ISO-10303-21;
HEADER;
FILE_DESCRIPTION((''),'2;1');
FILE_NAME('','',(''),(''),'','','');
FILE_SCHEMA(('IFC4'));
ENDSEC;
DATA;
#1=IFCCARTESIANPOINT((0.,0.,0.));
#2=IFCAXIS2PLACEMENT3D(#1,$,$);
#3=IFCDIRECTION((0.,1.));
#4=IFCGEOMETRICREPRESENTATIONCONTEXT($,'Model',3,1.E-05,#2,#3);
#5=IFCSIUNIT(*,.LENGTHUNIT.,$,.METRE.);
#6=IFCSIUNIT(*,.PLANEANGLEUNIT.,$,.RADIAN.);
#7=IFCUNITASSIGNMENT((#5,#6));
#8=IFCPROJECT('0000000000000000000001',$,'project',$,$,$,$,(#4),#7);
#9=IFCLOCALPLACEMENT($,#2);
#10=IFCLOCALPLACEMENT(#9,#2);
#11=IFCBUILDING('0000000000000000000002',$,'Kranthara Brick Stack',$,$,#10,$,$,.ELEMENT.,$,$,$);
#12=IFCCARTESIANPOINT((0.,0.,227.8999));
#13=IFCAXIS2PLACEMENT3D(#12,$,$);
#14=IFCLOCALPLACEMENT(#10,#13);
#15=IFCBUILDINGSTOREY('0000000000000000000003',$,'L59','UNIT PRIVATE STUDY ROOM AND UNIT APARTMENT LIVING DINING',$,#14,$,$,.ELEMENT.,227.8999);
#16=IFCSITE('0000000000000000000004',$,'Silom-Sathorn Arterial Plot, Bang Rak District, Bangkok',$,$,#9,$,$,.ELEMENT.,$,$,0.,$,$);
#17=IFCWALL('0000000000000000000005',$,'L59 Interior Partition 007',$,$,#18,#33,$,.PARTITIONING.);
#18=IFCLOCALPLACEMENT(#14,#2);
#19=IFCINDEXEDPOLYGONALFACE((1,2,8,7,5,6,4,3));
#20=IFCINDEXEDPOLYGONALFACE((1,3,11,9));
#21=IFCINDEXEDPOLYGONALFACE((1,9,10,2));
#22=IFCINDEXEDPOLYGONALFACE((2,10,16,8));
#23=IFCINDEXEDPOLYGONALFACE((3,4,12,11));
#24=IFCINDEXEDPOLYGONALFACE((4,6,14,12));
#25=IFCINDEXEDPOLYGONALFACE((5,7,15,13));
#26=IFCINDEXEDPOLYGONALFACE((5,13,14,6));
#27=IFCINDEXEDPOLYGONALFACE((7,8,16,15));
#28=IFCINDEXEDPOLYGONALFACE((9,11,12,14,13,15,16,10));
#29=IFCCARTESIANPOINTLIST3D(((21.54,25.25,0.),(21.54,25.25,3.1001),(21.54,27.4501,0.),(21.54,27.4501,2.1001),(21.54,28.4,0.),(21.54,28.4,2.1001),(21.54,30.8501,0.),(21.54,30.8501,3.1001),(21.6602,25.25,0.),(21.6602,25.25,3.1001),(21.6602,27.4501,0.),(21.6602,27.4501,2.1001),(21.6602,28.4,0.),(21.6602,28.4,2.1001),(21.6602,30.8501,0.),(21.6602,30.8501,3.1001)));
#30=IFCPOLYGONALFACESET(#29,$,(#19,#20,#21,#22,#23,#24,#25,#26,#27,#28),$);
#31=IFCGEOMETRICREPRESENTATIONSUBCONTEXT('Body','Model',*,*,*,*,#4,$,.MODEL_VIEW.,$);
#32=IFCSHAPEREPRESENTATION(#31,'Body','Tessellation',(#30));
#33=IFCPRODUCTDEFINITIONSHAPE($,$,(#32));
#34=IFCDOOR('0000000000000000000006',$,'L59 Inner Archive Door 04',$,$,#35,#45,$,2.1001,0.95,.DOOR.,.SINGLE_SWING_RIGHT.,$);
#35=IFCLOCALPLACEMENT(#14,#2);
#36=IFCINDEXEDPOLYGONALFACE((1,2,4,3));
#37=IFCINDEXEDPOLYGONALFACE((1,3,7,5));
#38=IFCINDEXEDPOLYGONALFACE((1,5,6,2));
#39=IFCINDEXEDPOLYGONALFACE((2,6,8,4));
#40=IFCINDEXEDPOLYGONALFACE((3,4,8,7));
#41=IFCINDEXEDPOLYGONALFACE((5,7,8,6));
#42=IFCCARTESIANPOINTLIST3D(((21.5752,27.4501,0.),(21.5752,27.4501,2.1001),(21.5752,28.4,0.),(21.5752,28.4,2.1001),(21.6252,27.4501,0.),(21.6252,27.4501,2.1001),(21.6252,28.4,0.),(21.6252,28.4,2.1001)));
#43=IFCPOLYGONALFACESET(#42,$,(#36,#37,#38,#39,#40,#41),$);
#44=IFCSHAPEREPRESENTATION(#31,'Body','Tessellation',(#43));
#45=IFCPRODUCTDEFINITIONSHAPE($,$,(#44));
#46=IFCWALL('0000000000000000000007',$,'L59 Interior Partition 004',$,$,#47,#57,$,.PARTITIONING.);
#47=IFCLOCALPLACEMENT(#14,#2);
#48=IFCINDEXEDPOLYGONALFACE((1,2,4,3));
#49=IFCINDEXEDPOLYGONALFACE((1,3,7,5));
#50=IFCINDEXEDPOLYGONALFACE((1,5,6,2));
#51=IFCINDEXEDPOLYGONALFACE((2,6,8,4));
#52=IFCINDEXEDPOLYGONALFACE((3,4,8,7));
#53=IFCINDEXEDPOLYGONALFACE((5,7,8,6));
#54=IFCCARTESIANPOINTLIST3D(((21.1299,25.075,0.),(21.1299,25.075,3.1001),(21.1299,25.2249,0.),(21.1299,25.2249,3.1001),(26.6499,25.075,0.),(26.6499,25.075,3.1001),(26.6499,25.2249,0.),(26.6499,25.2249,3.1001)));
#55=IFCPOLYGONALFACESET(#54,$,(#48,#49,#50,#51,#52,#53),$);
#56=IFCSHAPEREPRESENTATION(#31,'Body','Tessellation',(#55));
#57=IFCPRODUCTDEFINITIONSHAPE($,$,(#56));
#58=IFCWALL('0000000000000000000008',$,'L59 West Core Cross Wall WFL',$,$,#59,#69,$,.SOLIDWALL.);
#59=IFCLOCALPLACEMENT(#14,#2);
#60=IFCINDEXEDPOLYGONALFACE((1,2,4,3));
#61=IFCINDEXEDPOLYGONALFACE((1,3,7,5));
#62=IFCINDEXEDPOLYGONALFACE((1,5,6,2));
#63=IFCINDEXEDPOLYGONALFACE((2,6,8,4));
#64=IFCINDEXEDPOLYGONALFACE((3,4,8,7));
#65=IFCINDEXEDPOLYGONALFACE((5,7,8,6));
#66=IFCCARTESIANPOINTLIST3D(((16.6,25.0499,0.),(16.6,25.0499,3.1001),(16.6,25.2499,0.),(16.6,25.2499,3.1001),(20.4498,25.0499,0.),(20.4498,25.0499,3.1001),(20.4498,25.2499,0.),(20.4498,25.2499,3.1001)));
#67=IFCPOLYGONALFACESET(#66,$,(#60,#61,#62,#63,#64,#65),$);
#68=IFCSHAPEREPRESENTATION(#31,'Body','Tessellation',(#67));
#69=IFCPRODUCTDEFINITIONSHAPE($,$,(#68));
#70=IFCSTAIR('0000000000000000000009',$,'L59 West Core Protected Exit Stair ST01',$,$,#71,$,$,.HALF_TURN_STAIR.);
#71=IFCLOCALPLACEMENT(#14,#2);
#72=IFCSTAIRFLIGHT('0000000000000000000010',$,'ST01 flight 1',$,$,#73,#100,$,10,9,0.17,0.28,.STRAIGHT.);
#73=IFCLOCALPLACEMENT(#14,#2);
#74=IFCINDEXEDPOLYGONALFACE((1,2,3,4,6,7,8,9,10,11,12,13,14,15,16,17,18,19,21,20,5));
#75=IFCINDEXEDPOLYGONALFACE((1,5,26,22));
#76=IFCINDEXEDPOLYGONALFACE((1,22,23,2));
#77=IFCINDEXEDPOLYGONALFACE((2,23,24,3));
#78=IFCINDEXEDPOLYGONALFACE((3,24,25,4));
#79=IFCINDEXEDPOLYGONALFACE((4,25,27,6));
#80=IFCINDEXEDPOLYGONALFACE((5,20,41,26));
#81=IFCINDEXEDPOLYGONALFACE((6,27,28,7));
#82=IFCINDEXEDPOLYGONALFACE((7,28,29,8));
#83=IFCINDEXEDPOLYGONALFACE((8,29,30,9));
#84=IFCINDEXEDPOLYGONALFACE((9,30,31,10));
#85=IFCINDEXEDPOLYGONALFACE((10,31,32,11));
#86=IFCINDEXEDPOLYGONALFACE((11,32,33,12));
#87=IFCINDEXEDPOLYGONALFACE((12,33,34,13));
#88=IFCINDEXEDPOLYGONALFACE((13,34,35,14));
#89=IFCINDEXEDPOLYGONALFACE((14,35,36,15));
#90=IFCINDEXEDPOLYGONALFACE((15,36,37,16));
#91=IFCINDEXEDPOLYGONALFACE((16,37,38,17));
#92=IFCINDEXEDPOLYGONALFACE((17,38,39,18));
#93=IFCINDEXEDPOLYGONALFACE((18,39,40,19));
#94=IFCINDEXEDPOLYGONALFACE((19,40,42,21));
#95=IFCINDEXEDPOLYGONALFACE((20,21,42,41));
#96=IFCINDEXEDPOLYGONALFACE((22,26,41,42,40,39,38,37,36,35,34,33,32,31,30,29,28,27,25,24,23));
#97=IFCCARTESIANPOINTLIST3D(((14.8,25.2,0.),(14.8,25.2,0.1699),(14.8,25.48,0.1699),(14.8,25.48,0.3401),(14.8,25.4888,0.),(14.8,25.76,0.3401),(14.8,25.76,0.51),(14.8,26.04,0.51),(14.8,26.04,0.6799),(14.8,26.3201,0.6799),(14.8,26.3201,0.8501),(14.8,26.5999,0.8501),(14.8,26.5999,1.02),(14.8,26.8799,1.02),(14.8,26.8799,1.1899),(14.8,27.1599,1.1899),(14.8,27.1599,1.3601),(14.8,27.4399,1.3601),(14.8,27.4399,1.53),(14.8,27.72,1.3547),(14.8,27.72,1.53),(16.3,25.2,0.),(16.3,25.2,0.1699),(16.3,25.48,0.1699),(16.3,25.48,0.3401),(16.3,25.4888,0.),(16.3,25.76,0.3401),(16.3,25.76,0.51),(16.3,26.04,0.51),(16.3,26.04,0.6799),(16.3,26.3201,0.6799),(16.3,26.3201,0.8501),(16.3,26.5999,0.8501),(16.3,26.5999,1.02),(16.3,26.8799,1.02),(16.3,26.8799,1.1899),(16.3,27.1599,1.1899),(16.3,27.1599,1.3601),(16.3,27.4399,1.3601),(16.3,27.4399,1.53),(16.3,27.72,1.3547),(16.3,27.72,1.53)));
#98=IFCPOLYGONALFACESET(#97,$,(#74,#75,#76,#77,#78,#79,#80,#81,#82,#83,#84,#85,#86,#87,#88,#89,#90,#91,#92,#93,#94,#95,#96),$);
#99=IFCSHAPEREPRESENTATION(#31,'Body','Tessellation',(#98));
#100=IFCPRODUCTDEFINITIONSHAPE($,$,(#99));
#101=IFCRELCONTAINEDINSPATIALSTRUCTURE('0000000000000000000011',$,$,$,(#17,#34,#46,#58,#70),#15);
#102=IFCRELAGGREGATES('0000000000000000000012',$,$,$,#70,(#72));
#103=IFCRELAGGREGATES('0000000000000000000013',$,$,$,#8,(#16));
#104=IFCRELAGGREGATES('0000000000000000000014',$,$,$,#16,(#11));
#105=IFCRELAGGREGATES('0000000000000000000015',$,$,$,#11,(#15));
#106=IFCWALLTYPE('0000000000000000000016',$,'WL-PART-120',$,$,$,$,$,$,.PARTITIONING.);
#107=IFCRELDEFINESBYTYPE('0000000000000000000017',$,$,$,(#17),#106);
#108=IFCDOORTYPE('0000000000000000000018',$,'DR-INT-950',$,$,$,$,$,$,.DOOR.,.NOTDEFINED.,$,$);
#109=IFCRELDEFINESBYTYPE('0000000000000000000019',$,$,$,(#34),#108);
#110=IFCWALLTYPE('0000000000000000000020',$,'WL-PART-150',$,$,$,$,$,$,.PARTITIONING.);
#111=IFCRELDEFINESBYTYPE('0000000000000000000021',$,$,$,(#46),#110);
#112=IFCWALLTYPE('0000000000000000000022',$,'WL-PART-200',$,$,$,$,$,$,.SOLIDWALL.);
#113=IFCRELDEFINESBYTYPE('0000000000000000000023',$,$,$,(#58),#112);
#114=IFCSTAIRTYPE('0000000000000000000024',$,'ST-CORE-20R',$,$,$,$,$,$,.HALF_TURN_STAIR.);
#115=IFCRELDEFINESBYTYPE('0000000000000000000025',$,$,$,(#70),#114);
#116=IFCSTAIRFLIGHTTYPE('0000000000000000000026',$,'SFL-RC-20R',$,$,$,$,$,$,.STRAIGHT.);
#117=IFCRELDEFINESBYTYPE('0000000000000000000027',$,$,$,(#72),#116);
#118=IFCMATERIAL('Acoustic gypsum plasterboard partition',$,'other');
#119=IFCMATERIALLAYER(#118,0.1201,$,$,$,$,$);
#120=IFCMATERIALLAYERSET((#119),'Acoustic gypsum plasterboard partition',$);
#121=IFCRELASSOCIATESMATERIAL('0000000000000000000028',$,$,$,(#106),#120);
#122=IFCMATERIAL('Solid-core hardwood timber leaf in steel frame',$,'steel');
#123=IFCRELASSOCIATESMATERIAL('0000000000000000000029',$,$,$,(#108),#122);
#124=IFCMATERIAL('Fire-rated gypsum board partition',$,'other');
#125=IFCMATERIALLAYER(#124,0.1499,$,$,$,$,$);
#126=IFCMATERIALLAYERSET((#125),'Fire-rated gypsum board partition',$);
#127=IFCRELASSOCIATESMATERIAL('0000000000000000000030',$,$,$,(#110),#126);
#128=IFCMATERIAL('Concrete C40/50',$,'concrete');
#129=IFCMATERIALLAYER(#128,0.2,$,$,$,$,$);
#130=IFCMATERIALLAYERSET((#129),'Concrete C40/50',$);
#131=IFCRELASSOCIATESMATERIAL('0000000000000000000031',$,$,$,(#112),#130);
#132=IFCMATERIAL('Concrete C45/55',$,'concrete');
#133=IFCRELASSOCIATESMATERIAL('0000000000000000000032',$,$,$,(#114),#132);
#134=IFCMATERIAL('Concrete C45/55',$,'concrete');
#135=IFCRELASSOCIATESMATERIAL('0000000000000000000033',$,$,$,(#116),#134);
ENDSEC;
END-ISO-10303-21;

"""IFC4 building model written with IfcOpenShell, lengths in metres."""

from ifc_helpers import new_model, si_unit, direction, frame, frame_2d, origin, place, context, subcontext, project, spatial, polyline, rectangle, outline, extrude, material, layer, layer_set, type_object, element, fill, aggregate, save


model = new_model("IFC4")

# Units and contexts
model_context = context("Model", 3, precision=1e-05, world=origin(), true_north=direction((0.0, 1.0)))
body_context = subcontext(model_context, "Body", "Model", "MODEL_VIEW")
ifc_project = project(units=[si_unit("LENGTHUNIT", "METRE"), si_unit("PLANEANGLEUNIT", "RADIAN")], contexts=[model_context])

# Site, building, storey
site_placement = place(None, origin())
site = spatial("IfcSite", under=ifc_project, at=site_placement, Name="Silom-Sathorn Arterial Plot, Bang Rak District, Bangkok", CompositionType="ELEMENT", RefElevation=0.0)
building_placement = place(site_placement, origin())
building = spatial("IfcBuilding", under=site, at=building_placement, Name="Kranthara Brick Stack", CompositionType="ELEMENT")
storey_placement = place(building_placement, frame((0.0, 0.0, 227.8999)))
storey = spatial("IfcBuildingStorey", under=building, at=storey_placement, Name="L59", Description="UNIT PRIVATE STUDY ROOM AND UNIT APARTMENT LIVING DINING", CompositionType="ELEMENT", Elevation=227.8999)

# Wall, opening, door
ifc_material_1 = material(Name="Acoustic gypsum plasterboard partition", Category="other")
ifc_layer_1 = layer(ifc_material_1, 0.1201)
ifc_layer_set_1 = layer_set([ifc_layer_1], Name="Acoustic gypsum plasterboard partition")
wall_type_1 = type_object("IfcWallType", Name="WL-PART-120", PredefinedType="PARTITIONING", material=ifc_layer_set_1)
wall_1_placement = place(storey_placement, frame((21.6001, 25.25, 0.0), z_axis=(0.0, 0.0, 1.0), x_axis=(0.0, 1.0, 0.0)))
wall_1 = element("IfcWall", 1, at=wall_1_placement, inside=storey, type_object=wall_type_1, Name="L59 Interior Partition 007", PredefinedType="PARTITIONING", context=body_context, shape_type="SweptSolid", body=[
    extrude(rectangle(XDim=5.6001, YDim=0.1201, at=frame_2d((2.8, 0.0))), origin(), (0.0, 0.0, 1.0), 3.1001),
])
opening_1_placement = place(wall_1_placement, frame((2.2, 0.0, 0.0)))
opening_1 = element("IfcOpeningElement", 2, at=opening_1_placement, cuts=wall_1, PredefinedType="OPENING", context=body_context, shape_type="SweptSolid", body=[
    extrude(rectangle(XDim=0.95, YDim=2.1001, at=frame_2d((0.4751, 1.05))), frame((0.0, 0.0701, 0.0), z_axis=(0.0, -1.0, 0.0), x_axis=(1.0, 0.0, 0.0)), (0.0, 0.0, 1.0), 0.1401),
])
ifc_material_2 = material(Name="Solid-core hardwood timber leaf in steel frame", Category="steel")
door_type_1 = type_object("IfcDoorType", Name="DR-INT-950", OperationType="NOTDEFINED", PredefinedType="DOOR", material=ifc_material_2)
door_1_placement = place(opening_1_placement, origin())
door_1 = element("IfcDoor", 3, at=door_1_placement, inside=storey, type_object=door_type_1, Name="L59 Inner Archive Door 04", OperationType="SINGLE_SWING_RIGHT", OverallHeight=2.1001, OverallWidth=0.95, PredefinedType="DOOR", context=body_context, shape_type="SweptSolid", body=[
    extrude(rectangle(XDim=0.95, YDim=2.1001, at=frame_2d((0.4751, 1.05))), frame((0.0, 0.0249, 0.0), z_axis=(0.0, -1.0, 0.0), x_axis=(1.0, 0.0, 0.0)), (0.0, 0.0, 1.0), 0.05),
])
fill(opening_1, door_1)

# Walls
ifc_material_3 = material(Name="Fire-rated gypsum board partition", Category="other")
ifc_layer_2 = layer(ifc_material_3, 0.1499)
ifc_layer_set_2 = layer_set([ifc_layer_2], Name="Fire-rated gypsum board partition")
wall_type_2 = type_object("IfcWallType", Name="WL-PART-150", PredefinedType="PARTITIONING", material=ifc_layer_set_2)
wall_2_placement = place(storey_placement, frame((21.1299, 25.1499, 0.0), z_axis=(0.0, 0.0, 1.0), x_axis=(1.0, 0.0, 0.0)))
element("IfcWall", 4, at=wall_2_placement, inside=storey, type_object=wall_type_2, Name="L59 Interior Partition 004", PredefinedType="PARTITIONING", context=body_context, shape_type="SweptSolid", body=[
    extrude(rectangle(XDim=5.52, YDim=0.1499, at=frame_2d((2.76, 0.0))), origin(), (0.0, 0.0, 1.0), 3.1001),
])
ifc_material_4 = material(Name="Concrete C40/50", Category="concrete")
ifc_layer_3 = layer(ifc_material_4, 0.2)
ifc_layer_set_3 = layer_set([ifc_layer_3], Name="Concrete C40/50")
wall_type_3 = type_object("IfcWallType", Name="WL-PART-200", PredefinedType="SOLIDWALL", material=ifc_layer_set_3)
wall_3_placement = place(storey_placement, frame((16.6001, 25.1499, 0.0), z_axis=(0.0, 0.0, 1.0), x_axis=(1.0, 0.0, 0.0)))
element("IfcWall", 5, at=wall_3_placement, inside=storey, type_object=wall_type_3, Name="L59 West Core Cross Wall WFL", PredefinedType="SOLIDWALL", context=body_context, shape_type="SweptSolid", body=[
    extrude(rectangle(XDim=3.8499, YDim=0.2, at=frame_2d((1.9248, 0.0))), origin(), (0.0, 0.0, 1.0), 3.1001),
])

# Stair, stair flight
ifc_material_5 = material(Name="Concrete C45/55", Category="concrete")
stair_type = type_object("IfcStairType", Name="ST-CORE-20R", PredefinedType="HALF_TURN_STAIR", material=ifc_material_5)
stair_placement = place(storey_placement, origin())
stair = element("IfcStair", 6, at=stair_placement, inside=storey, type_object=stair_type, Name="L59 West Core Protected Exit Stair ST01", PredefinedType="HALF_TURN_STAIR")
ifc_material_6 = material(Name="Concrete C45/55", Category="concrete")
stair_flight_type = type_object("IfcStairFlightType", Name="SFL-RC-20R", PredefinedType="STRAIGHT", material=ifc_material_6)
stair_flight_placement = place(storey_placement, frame((15.55, 25.2, 0.0), z_axis=(0.0, 0.0, 1.0), x_axis=(0.0, 1.0, 0.0)))
stair_flight = element("IfcStairFlight", 7, at=stair_flight_placement, type_object=stair_flight_type, Name="ST01 flight 1", NumberOfRisers=10, NumberOfTreads=9, PredefinedType="STRAIGHT", RiserHeight=0.17, TreadLength=0.28, context=body_context, shape_type="SweptSolid", body=[
    extrude(outline(polyline([(0.0, 0.0), (0.0, 0.1699), (0.28, 0.1699), (0.28, 0.3401), (0.5601, 0.3401), (0.5601, 0.51), (0.8401, 0.51), (0.8401, 0.6799), (1.1201, 0.6799), (1.1201, 0.8501), (1.3999, 0.8501), (1.3999, 1.02), (1.6799, 1.02), (1.6799, 1.1899), (1.96, 1.1899), (1.96, 1.3601), (2.24, 1.3601), (2.24, 1.53), (2.52, 1.53), (2.52, 1.7), (2.52, 1.3547), (0.2888, 0.0), (0.0, 0.0)])), frame((0.0, 0.75, 0.0), z_axis=(0.0, -1.0, 0.0), x_axis=(1.0, 0.0, 0.0)), (0.0, 0.0, 1.0), 1.5),
])
aggregate(stair, [stair_flight])

save(model, "model.ifc")
